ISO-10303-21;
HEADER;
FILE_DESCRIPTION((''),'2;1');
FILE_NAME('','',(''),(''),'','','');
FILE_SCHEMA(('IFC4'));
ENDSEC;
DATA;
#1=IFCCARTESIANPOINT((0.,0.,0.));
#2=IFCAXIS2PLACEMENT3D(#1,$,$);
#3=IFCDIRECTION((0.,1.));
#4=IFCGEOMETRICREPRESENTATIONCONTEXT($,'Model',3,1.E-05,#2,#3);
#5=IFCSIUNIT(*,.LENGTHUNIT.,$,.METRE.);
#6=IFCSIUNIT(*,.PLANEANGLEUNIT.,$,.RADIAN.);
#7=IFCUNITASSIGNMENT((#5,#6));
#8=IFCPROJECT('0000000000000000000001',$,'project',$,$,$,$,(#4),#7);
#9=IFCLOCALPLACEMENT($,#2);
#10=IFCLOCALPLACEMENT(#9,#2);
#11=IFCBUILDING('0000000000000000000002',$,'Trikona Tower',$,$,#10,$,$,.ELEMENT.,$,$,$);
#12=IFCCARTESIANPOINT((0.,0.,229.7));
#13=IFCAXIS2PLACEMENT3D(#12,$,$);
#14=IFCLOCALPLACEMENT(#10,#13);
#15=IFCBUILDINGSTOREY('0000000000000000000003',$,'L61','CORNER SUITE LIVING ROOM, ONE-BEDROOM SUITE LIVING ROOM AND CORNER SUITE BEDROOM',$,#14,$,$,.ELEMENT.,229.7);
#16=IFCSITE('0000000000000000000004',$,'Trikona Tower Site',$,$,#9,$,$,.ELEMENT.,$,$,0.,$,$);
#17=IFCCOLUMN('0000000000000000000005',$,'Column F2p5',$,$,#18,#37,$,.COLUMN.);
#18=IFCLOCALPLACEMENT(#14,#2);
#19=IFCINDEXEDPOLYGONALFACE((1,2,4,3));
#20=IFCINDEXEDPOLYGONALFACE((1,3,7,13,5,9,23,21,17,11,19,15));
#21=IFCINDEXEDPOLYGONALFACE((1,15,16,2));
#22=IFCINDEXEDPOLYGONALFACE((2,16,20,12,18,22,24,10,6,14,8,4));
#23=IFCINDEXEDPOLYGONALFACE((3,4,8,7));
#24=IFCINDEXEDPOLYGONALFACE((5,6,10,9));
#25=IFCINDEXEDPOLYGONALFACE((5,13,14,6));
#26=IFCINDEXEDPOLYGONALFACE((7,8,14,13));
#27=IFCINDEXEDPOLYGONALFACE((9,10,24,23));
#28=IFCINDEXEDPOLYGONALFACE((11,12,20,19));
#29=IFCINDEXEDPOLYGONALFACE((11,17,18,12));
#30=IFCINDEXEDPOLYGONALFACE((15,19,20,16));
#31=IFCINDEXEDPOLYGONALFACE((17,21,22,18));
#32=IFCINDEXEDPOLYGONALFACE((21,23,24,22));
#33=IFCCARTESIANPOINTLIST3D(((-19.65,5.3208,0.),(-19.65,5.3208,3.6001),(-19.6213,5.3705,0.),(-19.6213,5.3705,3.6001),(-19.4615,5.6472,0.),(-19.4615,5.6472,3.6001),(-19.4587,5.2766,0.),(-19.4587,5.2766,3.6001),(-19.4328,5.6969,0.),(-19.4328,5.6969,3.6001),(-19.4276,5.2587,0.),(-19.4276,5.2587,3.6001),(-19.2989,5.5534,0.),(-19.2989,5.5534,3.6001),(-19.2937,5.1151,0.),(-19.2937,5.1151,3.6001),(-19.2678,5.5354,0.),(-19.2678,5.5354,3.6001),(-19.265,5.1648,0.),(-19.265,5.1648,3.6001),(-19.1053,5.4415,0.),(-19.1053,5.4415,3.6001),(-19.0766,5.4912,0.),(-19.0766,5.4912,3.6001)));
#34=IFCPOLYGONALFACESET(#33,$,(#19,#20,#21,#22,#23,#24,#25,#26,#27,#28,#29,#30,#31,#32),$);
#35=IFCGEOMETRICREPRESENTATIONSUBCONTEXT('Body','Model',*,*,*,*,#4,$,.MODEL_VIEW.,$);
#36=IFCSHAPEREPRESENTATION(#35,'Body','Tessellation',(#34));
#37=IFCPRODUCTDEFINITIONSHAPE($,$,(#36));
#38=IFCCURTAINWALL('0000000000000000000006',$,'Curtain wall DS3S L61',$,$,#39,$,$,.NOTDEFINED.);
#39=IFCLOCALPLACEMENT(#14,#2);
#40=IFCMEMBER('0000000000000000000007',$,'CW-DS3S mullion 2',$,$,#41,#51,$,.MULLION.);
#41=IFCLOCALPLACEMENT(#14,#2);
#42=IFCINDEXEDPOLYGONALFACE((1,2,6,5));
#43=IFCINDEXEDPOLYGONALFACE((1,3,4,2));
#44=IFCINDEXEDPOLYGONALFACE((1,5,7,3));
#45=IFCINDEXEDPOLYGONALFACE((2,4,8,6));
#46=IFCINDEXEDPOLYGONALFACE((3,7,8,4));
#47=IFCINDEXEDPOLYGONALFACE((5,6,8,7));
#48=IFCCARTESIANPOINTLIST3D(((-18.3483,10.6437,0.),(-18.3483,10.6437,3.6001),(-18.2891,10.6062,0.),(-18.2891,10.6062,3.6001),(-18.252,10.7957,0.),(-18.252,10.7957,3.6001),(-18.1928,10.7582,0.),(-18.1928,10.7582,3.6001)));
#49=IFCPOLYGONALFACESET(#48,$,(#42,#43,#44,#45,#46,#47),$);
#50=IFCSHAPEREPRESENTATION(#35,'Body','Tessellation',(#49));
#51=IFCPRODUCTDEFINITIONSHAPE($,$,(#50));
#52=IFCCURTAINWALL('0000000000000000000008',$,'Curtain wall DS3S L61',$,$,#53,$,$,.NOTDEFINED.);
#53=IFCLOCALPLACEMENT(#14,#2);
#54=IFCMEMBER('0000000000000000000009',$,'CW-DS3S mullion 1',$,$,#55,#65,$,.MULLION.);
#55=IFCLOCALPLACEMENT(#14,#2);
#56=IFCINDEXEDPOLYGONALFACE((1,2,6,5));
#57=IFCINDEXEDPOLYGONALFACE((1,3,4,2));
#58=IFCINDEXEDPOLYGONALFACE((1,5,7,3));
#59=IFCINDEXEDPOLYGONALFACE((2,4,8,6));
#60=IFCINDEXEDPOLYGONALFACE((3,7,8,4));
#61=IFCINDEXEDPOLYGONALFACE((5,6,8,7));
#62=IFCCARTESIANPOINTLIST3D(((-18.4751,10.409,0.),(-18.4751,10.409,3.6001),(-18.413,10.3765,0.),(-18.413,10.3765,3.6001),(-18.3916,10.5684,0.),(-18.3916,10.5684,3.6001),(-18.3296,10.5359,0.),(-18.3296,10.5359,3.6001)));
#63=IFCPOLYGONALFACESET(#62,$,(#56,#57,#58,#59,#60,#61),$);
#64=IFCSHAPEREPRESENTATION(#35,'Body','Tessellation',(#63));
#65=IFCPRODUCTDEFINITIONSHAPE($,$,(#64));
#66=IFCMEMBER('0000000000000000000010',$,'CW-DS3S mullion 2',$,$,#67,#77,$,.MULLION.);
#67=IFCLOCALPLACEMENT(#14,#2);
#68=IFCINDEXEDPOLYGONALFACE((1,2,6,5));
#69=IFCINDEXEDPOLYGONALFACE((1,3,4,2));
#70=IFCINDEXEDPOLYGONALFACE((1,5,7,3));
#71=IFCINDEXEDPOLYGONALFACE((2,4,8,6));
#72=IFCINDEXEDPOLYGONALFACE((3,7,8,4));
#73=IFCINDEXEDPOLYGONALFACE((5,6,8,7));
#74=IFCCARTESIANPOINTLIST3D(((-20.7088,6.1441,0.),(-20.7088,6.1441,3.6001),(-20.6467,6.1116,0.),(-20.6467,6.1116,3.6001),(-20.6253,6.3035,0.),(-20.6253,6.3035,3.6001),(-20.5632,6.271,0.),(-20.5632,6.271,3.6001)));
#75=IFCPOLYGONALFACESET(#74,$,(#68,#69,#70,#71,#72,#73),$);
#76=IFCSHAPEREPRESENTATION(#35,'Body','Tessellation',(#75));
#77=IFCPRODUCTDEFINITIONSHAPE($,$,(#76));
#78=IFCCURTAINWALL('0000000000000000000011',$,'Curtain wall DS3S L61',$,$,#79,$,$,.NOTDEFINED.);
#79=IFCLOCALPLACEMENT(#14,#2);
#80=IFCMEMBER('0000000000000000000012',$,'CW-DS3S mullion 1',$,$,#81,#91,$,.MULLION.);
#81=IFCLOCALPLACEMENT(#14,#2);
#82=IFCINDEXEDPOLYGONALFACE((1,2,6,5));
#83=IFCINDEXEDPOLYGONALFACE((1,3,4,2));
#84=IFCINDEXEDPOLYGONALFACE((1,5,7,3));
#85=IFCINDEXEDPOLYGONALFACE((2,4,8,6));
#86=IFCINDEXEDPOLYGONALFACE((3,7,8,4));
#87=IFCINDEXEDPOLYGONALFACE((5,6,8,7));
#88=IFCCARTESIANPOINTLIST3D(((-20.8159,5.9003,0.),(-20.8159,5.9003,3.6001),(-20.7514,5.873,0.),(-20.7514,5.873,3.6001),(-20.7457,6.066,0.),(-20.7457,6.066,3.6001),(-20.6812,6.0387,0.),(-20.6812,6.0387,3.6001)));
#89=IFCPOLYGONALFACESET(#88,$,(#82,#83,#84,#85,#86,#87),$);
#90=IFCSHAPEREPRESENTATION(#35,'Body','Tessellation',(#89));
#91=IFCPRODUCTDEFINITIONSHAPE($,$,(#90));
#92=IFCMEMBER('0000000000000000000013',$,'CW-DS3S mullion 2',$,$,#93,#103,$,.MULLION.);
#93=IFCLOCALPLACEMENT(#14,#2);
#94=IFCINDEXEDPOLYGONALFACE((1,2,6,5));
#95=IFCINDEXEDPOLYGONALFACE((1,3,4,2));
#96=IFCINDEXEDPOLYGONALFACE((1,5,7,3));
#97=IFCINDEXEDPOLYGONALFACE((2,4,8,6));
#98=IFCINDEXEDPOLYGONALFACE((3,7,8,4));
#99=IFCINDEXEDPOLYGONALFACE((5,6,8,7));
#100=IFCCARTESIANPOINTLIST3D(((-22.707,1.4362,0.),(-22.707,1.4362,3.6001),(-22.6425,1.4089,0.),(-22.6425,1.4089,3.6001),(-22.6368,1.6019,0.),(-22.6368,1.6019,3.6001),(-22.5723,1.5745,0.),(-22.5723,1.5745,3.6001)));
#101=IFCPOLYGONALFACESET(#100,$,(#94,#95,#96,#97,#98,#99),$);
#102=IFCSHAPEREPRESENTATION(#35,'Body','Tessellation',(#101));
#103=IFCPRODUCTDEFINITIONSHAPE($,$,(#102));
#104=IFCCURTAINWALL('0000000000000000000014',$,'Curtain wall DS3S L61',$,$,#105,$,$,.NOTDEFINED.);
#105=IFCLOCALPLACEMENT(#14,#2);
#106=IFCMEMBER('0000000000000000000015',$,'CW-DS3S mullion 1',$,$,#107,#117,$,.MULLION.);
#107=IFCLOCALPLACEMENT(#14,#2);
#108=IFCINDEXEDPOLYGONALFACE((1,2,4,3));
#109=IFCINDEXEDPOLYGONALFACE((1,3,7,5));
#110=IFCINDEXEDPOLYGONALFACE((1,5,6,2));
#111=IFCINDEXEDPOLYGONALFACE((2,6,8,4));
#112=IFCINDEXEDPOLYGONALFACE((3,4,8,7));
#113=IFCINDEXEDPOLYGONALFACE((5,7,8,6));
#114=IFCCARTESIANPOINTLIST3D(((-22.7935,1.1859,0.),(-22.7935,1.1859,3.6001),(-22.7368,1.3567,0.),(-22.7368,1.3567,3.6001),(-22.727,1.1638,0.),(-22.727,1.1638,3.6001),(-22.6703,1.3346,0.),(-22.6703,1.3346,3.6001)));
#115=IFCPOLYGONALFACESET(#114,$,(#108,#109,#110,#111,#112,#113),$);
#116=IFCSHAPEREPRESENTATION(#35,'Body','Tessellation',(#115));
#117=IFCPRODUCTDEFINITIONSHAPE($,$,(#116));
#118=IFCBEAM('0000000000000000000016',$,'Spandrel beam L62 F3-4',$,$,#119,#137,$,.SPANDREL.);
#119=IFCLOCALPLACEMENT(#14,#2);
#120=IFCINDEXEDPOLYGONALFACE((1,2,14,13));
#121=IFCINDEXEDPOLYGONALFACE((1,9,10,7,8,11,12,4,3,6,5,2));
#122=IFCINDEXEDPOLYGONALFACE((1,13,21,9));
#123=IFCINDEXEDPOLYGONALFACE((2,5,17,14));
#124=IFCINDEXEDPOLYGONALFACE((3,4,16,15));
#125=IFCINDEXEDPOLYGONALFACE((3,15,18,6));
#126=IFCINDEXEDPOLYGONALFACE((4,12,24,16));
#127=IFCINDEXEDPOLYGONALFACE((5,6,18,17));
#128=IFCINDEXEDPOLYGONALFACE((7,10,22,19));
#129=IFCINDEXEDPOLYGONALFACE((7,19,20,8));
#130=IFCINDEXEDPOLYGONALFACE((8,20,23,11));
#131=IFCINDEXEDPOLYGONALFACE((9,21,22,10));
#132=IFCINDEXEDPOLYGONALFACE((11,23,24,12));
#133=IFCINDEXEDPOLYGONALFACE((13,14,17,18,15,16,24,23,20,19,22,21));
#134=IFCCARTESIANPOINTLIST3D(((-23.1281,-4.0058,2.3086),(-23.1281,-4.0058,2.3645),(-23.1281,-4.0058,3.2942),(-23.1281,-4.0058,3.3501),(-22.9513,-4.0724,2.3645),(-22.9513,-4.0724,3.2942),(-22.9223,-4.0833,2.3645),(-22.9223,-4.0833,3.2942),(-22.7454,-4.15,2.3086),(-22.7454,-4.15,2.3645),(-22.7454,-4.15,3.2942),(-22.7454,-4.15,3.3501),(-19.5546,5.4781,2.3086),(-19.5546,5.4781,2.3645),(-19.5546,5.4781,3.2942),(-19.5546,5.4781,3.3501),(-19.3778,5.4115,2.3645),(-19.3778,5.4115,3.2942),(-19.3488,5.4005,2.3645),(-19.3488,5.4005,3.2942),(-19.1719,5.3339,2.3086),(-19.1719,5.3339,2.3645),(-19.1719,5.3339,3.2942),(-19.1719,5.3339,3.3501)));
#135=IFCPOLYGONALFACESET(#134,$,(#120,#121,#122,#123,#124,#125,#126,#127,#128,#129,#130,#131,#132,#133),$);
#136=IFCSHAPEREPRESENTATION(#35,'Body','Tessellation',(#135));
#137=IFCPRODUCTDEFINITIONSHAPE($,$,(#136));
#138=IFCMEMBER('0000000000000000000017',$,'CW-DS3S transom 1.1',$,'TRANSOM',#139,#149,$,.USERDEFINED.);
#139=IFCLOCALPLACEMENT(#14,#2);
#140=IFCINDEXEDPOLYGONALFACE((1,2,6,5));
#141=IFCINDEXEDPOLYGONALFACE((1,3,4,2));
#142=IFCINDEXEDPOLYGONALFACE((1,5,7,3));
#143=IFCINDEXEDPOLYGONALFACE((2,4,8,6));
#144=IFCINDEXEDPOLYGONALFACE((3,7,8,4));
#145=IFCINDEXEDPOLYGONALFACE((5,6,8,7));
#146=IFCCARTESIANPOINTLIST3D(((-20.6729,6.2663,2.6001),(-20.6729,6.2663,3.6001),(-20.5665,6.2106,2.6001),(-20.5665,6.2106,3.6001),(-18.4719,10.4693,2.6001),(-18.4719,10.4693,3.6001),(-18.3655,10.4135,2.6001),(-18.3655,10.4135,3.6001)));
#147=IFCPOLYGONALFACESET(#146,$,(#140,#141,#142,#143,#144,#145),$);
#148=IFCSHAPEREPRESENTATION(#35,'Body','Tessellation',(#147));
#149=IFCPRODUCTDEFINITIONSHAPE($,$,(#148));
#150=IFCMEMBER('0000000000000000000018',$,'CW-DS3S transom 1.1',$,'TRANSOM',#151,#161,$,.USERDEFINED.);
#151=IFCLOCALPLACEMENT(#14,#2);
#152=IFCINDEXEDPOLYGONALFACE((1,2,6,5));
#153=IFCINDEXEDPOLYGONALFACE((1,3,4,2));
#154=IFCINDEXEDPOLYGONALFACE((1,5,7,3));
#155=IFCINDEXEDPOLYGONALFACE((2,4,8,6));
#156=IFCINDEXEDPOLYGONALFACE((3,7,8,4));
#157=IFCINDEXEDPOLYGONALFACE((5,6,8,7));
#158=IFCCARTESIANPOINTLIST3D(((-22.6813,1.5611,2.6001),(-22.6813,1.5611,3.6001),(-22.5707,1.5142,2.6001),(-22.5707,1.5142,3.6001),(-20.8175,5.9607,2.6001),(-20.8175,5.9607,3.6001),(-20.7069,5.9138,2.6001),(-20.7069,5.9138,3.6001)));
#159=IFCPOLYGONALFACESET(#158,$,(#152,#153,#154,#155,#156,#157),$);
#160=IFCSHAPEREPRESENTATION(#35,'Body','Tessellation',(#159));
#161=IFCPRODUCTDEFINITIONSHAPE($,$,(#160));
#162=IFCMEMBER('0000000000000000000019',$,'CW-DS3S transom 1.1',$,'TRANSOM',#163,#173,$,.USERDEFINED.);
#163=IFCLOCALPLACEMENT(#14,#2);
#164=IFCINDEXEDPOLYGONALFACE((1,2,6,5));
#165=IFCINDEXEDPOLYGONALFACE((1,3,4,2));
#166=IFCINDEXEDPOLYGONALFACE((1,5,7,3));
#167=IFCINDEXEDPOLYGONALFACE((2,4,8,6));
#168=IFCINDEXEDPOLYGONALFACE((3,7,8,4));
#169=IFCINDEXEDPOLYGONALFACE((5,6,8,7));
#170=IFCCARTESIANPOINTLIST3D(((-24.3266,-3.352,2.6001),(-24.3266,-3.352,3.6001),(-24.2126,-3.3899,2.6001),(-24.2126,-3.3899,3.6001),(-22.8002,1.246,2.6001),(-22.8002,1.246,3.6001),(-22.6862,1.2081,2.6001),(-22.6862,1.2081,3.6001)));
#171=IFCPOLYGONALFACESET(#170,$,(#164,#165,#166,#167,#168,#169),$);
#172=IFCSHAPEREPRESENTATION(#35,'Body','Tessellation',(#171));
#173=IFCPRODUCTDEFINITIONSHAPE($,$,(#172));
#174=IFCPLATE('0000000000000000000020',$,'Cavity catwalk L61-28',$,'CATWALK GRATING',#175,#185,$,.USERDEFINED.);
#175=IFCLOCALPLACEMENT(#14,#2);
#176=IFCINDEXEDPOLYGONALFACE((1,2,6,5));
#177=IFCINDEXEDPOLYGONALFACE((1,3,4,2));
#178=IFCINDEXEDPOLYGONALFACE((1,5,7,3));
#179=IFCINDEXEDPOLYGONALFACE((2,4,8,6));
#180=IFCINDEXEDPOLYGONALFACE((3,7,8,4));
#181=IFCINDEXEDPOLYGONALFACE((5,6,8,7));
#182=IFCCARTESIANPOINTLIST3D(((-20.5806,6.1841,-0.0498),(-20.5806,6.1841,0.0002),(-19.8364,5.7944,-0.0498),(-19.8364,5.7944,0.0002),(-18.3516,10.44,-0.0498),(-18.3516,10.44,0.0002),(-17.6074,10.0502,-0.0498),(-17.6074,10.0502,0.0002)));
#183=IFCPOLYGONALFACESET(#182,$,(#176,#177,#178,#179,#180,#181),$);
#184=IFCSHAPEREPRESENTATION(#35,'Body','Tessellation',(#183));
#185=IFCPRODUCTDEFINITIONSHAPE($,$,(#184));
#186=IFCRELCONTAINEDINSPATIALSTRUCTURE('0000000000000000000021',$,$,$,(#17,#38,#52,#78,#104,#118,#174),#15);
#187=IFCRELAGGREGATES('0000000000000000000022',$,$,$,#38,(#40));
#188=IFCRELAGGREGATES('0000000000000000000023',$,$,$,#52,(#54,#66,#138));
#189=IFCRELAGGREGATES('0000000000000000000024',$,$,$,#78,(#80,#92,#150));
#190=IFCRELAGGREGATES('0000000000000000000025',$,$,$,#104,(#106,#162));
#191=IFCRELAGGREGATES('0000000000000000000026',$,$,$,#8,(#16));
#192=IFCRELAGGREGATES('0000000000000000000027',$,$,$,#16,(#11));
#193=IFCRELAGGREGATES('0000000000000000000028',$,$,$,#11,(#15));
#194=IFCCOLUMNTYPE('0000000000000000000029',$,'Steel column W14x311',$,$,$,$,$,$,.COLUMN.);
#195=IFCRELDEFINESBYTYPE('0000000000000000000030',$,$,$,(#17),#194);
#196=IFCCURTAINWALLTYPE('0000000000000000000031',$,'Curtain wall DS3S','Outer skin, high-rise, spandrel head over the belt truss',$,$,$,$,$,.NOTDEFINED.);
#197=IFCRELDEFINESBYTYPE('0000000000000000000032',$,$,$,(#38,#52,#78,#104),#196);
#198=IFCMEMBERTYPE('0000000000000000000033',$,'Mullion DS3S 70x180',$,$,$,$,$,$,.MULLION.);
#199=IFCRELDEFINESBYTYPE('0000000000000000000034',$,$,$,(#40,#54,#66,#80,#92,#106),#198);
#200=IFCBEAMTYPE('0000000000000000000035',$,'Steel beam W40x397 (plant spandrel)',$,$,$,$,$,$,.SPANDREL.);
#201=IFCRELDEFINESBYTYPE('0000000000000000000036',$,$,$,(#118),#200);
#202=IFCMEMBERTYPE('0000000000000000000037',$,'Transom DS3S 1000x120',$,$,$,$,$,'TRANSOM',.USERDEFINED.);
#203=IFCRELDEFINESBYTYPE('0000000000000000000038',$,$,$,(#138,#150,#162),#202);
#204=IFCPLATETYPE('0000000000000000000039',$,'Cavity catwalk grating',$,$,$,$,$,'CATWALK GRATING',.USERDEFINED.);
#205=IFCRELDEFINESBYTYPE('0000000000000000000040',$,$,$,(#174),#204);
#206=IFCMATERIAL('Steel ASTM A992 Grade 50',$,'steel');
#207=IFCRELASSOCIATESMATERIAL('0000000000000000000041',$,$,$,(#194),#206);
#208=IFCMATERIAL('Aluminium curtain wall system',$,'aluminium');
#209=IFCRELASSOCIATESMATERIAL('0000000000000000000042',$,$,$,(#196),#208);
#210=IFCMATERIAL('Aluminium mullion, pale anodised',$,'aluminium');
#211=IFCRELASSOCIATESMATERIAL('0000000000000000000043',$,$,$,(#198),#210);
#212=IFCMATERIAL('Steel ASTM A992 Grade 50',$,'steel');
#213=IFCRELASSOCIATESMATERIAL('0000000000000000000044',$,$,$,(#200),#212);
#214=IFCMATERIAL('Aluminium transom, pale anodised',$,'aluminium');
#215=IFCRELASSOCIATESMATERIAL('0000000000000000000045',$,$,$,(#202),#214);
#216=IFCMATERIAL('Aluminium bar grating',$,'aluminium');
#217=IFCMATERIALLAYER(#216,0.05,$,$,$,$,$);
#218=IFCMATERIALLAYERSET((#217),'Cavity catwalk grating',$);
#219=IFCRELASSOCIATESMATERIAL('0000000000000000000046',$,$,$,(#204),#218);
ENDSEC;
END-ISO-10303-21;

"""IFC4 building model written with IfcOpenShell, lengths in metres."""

from ifc_helpers import new_model, si_unit, direction, frame, origin, origin_2d, place, context, subcontext, project, spatial, rectangle, i_section, extrude, material, layer, layer_set, material_profile, profile_set, type_object, element, aggregate, save


model = new_model("IFC4")

# Units and contexts
model_context = context("Model", 3, precision=1e-05, world=origin(), true_north=direction((0.0, 1.0)))
body_context = subcontext(model_context, "Body", "Model", "MODEL_VIEW")
ifc_project = project(units=[si_unit("LENGTHUNIT", "METRE"), si_unit("PLANEANGLEUNIT", "RADIAN")], contexts=[model_context])

# Site, building, storey
site_placement = place(None, origin())
site = spatial("IfcSite", under=ifc_project, at=site_placement, Name="Trikona Tower Site", CompositionType="ELEMENT", RefElevation=0.0)
building_placement = place(site_placement, origin())
building = spatial("IfcBuilding", under=site, at=building_placement, Name="Trikona Tower", CompositionType="ELEMENT")
storey_placement = place(building_placement, frame((0.0, 0.0, 229.7)))
storey = spatial("IfcBuildingStorey", under=building, at=storey_placement, Name="L61", Description="CORNER SUITE LIVING ROOM, ONE-BEDROOM SUITE LIVING ROOM AND CORNER SUITE BEDROOM", CompositionType="ELEMENT", Elevation=229.7)

# Column
ifc_material_1 = material(Name="Steel ASTM A992 Grade 50", Category="steel")
ifc_material_profile_1 = material_profile(ifc_material_1, i_section(OverallWidth=0.4114, OverallDepth=0.4343, WebThickness=0.0359, FlangeThickness=0.0574, at=origin_2d()), Name="W14X311")
ifc_profile_set_1 = profile_set([ifc_material_profile_1], Name="Steel ASTM A992 Grade 50")
column_type = type_object("IfcColumnType", Name="Steel column W14x311", PredefinedType="COLUMN", material=ifc_profile_set_1)
column_placement = place(storey_placement, frame((-19.3633, 5.406, 0.0), z_axis=(0.0, 0.0, 1.0), x_axis=(-0.866025, 0.5, 0.0)))
element("IfcColumn", 1, at=column_placement, inside=storey, type_object=column_type, Name="Column F2p5", PredefinedType="COLUMN", context=body_context, shape_type="SweptSolid", body=[
    extrude(i_section(OverallWidth=0.4114, OverallDepth=0.4343, WebThickness=0.0359, FlangeThickness=0.0574, at=origin_2d()), origin(), (0.0, 0.0, 1.0), 3.6001),
])

# Curtain wall, member
ifc_material_2 = material(Name="Aluminium curtain wall system", Category="aluminium")
curtain_wall_type = type_object("IfcCurtainWallType", Name="Curtain wall DS3S", Description="Outer skin, high-rise, spandrel head over the belt truss", PredefinedType="NOTDEFINED", material=ifc_material_2)
curtain_wall_1_placement = place(storey_placement, origin())
curtain_wall_1 = element("IfcCurtainWall", 2, at=curtain_wall_1_placement, inside=storey, type_object=curtain_wall_type, Name="Curtain wall DS3S L61", PredefinedType="NOTDEFINED")
ifc_material_3 = material(Name="Aluminium mullion, pale anodised", Category="aluminium")
ifc_material_profile_2 = material_profile(ifc_material_3, rectangle(XDim=0.0701, YDim=0.1799, at=origin_2d()), Name="MUL-DS3S")
ifc_profile_set_2 = profile_set([ifc_material_profile_2], Name="Aluminium mullion, pale anodised")
member_type_1 = type_object("IfcMemberType", Name="Mullion DS3S 70x180", PredefinedType="MULLION", material=ifc_profile_set_2)
member_1_placement = place(storey_placement, frame((-18.2705, 10.7009, 0.0), z_axis=(0.0, 0.0, 1.0), x_axis=(0.844727, -0.535197, 0.0)))
member_1 = element("IfcMember", 3, at=member_1_placement, type_object=member_type_1, Name="CW-DS3S mullion 2", PredefinedType="MULLION", context=body_context, shape_type="SweptSolid", body=[
    extrude(rectangle(XDim=0.0701, YDim=0.1799, at=origin_2d()), origin(), (0.0, 0.0, 1.0), 3.6001),
])
aggregate(curtain_wall_1, [member_1])

# Curtain walls, members
curtain_wall_2_placement = place(storey_placement, origin())
curtain_wall_2 = element("IfcCurtainWall", 4, at=curtain_wall_2_placement, inside=storey, type_object=curtain_wall_type, Name="Curtain wall DS3S L61", PredefinedType="NOTDEFINED")
member_2_placement = place(storey_placement, frame((-18.4023, 10.4724, 0.0), z_axis=(0.0, 0.0, 1.0), x_axis=(0.885862, -0.463948, 0.0)))
member_2 = element("IfcMember", 5, at=member_2_placement, type_object=member_type_1, Name="CW-DS3S mullion 1", PredefinedType="MULLION", context=body_context, shape_type="SweptSolid", body=[
    extrude(rectangle(XDim=0.0701, YDim=0.1799, at=origin_2d()), origin(), (0.0, 0.0, 1.0), 3.6001),
])
member_3_placement = place(storey_placement, frame((-20.636, 6.2075, 0.0), z_axis=(0.0, 0.0, 1.0), x_axis=(0.885862, -0.463948, 0.0)))
member_3 = element("IfcMember", 6, at=member_3_placement, type_object=member_type_1, Name="CW-DS3S mullion 2", PredefinedType="MULLION", context=body_context, shape_type="SweptSolid", body=[
    extrude(rectangle(XDim=0.0701, YDim=0.1799, at=origin_2d()), origin(), (0.0, 0.0, 1.0), 3.6001),
])
curtain_wall_3_placement = place(storey_placement, origin())
curtain_wall_3 = element("IfcCurtainWall", 7, at=curtain_wall_3_placement, inside=storey, type_object=curtain_wall_type, Name="Curtain wall DS3S L61", PredefinedType="NOTDEFINED")
member_4_placement = place(storey_placement, frame((-20.7485, 5.9695, 0.0), z_axis=(0.0, 0.0, 1.0), x_axis=(0.920792, -0.390053, 0.0)))
member_4 = element("IfcMember", 8, at=member_4_placement, type_object=member_type_1, Name="CW-DS3S mullion 1", PredefinedType="MULLION", context=body_context, shape_type="SweptSolid", body=[
    extrude(rectangle(XDim=0.0701, YDim=0.1799, at=origin_2d()), origin(), (0.0, 0.0, 1.0), 3.6001),
])
member_5_placement = place(storey_placement, frame((-22.6396, 1.5054, 0.0), z_axis=(0.0, 0.0, 1.0), x_axis=(0.920792, -0.390053, 0.0)))
member_5 = element("IfcMember", 9, at=member_5_placement, type_object=member_type_1, Name="CW-DS3S mullion 2", PredefinedType="MULLION", context=body_context, shape_type="SweptSolid", body=[
    extrude(rectangle(XDim=0.0701, YDim=0.1799, at=origin_2d()), origin(), (0.0, 0.0, 1.0), 3.6001),
])

# Curtain wall, member
curtain_wall_4_placement = place(storey_placement, origin())
curtain_wall_4 = element("IfcCurtainWall", 10, at=curtain_wall_4_placement, inside=storey, type_object=curtain_wall_type, Name="Curtain wall DS3S L61", PredefinedType="NOTDEFINED")
member_6_placement = place(storey_placement, frame((-22.7319, 1.2603, 0.0), z_axis=(0.0, 0.0, 1.0), x_axis=(0.949066, -0.315078, 0.0)))
member_6 = element("IfcMember", 11, at=member_6_placement, type_object=member_type_1, Name="CW-DS3S mullion 1", PredefinedType="MULLION", context=body_context, shape_type="SweptSolid", body=[
    extrude(rectangle(XDim=0.0701, YDim=0.1799, at=origin_2d()), origin(), (0.0, 0.0, 1.0), 3.6001),
])

# Beam
ifc_material_4 = material(Name="Steel ASTM A992 Grade 50", Category="steel")
ifc_material_profile_3 = material_profile(ifc_material_4, i_section(OverallWidth=0.4089, OverallDepth=1.0415, WebThickness=0.031, FlangeThickness=0.0559, at=origin_2d()), Name="W40X397")
ifc_profile_set_3 = profile_set([ifc_material_profile_3], Name="Steel ASTM A992 Grade 50")
beam_type = type_object("IfcBeamType", Name="Steel beam W40x397 (plant spandrel)", PredefinedType="SPANDREL", material=ifc_profile_set_3)
beam_placement = place(storey_placement, frame((-19.3633, 5.406, 2.8293), z_axis=(-0.352596, -0.935776, 0.0), x_axis=(0.935776, -0.352596, 0.0)))
element("IfcBeam", 12, at=beam_placement, inside=storey, type_object=beam_type, Name="Spandrel beam L62 F3-4", PredefinedType="SPANDREL", context=body_context, shape_type="SweptSolid", body=[
    extrude(i_section(OverallWidth=0.4089, OverallDepth=1.0415, WebThickness=0.031, FlangeThickness=0.0559, at=origin_2d()), origin(), (0.0, 0.0, 1.0), 10.1348),
])

# Members
ifc_material_5 = material(Name="Aluminium transom, pale anodised", Category="aluminium")
ifc_material_profile_4 = material_profile(ifc_material_5, rectangle(XDim=0.1201, YDim=1.0, at=origin_2d()), Name="TRN-DS3S")
ifc_profile_set_4 = profile_set([ifc_material_profile_4], Name="Aluminium transom, pale anodised")
member_type_2 = type_object("IfcMemberType", Name="Transom DS3S 1000x120", ElementType="TRANSOM", PredefinedType="USERDEFINED", material=ifc_profile_set_4)
member_7_placement = place(storey_placement, frame((-18.4187, 10.4414, 3.1001), z_axis=(-0.463911, -0.885882, 0.0), x_axis=(0.885882, -0.463911, 0.0)))
member_7 = element("IfcMember", 13, at=member_7_placement, type_object=member_type_2, Name="CW-DS3S transom 1.1", ObjectType="TRANSOM", PredefinedType="USERDEFINED", context=body_context, shape_type="SweptSolid", body=[
    extrude(rectangle(XDim=0.1201, YDim=1.0, at=origin_2d()), origin(), (0.0, 0.0, 1.0), 4.7444),
])
member_8_placement = place(storey_placement, frame((-20.7622, 5.9373, 3.1001), z_axis=(-0.390062, -0.920789, 0.0), x_axis=(0.920789, -0.390062, 0.0)))
member_8 = element("IfcMember", 14, at=member_8_placement, type_object=member_type_2, Name="CW-DS3S transom 1.1", ObjectType="TRANSOM", PredefinedType="USERDEFINED", context=body_context, shape_type="SweptSolid", body=[
    extrude(rectangle(XDim=0.1201, YDim=1.0, at=origin_2d()), origin(), (0.0, 0.0, 1.0), 4.7781),
])
member_9_placement = place(storey_placement, frame((-22.7432, 1.2271, 3.1001), z_axis=(-0.315063, -0.949071, 0.0), x_axis=(0.949071, -0.315063, 0.0)))
member_9 = element("IfcMember", 15, at=member_9_placement, type_object=member_type_2, Name="CW-DS3S transom 1.1", ObjectType="TRANSOM", PredefinedType="USERDEFINED", context=body_context, shape_type="SweptSolid", body=[
    extrude(rectangle(XDim=0.1201, YDim=1.0, at=origin_2d()), origin(), (0.0, 0.0, 1.0), 4.8447),
])

# Plate
ifc_material_6 = material(Name="Aluminium bar grating", Category="aluminium")
ifc_layer_1 = layer(ifc_material_6, 0.05)
ifc_layer_set_1 = layer_set([ifc_layer_1], Name="Cavity catwalk grating")
plate_type_1 = type_object("IfcPlateType", Name="Cavity catwalk grating", ElementType="CATWALK GRATING", PredefinedType="USERDEFINED", material=ifc_layer_set_1)
plate_1_placement = place(storey_placement, frame((-19.094, 8.1172, -0.0498), z_axis=(0.0, 0.0, 1.0), x_axis=(-0.463952, -0.88586, 0.0)))
element("IfcPlate", 16, at=plate_1_placement, inside=storey, type_object=plate_type_1, Name="Cavity catwalk L61-28", ObjectType="CATWALK GRATING", PredefinedType="USERDEFINED", context=body_context, shape_type="SweptSolid", body=[
    extrude(rectangle(XDim=4.8042, YDim=0.8401, at=origin_2d()), origin(), (0.0, 0.0, 1.0), 0.05),
])

aggregate(curtain_wall_2, [member_2, member_3, member_7])
aggregate(curtain_wall_3, [member_4, member_5, member_8])
aggregate(curtain_wall_4, [member_6, member_9])

save(model, "model.ifc")
